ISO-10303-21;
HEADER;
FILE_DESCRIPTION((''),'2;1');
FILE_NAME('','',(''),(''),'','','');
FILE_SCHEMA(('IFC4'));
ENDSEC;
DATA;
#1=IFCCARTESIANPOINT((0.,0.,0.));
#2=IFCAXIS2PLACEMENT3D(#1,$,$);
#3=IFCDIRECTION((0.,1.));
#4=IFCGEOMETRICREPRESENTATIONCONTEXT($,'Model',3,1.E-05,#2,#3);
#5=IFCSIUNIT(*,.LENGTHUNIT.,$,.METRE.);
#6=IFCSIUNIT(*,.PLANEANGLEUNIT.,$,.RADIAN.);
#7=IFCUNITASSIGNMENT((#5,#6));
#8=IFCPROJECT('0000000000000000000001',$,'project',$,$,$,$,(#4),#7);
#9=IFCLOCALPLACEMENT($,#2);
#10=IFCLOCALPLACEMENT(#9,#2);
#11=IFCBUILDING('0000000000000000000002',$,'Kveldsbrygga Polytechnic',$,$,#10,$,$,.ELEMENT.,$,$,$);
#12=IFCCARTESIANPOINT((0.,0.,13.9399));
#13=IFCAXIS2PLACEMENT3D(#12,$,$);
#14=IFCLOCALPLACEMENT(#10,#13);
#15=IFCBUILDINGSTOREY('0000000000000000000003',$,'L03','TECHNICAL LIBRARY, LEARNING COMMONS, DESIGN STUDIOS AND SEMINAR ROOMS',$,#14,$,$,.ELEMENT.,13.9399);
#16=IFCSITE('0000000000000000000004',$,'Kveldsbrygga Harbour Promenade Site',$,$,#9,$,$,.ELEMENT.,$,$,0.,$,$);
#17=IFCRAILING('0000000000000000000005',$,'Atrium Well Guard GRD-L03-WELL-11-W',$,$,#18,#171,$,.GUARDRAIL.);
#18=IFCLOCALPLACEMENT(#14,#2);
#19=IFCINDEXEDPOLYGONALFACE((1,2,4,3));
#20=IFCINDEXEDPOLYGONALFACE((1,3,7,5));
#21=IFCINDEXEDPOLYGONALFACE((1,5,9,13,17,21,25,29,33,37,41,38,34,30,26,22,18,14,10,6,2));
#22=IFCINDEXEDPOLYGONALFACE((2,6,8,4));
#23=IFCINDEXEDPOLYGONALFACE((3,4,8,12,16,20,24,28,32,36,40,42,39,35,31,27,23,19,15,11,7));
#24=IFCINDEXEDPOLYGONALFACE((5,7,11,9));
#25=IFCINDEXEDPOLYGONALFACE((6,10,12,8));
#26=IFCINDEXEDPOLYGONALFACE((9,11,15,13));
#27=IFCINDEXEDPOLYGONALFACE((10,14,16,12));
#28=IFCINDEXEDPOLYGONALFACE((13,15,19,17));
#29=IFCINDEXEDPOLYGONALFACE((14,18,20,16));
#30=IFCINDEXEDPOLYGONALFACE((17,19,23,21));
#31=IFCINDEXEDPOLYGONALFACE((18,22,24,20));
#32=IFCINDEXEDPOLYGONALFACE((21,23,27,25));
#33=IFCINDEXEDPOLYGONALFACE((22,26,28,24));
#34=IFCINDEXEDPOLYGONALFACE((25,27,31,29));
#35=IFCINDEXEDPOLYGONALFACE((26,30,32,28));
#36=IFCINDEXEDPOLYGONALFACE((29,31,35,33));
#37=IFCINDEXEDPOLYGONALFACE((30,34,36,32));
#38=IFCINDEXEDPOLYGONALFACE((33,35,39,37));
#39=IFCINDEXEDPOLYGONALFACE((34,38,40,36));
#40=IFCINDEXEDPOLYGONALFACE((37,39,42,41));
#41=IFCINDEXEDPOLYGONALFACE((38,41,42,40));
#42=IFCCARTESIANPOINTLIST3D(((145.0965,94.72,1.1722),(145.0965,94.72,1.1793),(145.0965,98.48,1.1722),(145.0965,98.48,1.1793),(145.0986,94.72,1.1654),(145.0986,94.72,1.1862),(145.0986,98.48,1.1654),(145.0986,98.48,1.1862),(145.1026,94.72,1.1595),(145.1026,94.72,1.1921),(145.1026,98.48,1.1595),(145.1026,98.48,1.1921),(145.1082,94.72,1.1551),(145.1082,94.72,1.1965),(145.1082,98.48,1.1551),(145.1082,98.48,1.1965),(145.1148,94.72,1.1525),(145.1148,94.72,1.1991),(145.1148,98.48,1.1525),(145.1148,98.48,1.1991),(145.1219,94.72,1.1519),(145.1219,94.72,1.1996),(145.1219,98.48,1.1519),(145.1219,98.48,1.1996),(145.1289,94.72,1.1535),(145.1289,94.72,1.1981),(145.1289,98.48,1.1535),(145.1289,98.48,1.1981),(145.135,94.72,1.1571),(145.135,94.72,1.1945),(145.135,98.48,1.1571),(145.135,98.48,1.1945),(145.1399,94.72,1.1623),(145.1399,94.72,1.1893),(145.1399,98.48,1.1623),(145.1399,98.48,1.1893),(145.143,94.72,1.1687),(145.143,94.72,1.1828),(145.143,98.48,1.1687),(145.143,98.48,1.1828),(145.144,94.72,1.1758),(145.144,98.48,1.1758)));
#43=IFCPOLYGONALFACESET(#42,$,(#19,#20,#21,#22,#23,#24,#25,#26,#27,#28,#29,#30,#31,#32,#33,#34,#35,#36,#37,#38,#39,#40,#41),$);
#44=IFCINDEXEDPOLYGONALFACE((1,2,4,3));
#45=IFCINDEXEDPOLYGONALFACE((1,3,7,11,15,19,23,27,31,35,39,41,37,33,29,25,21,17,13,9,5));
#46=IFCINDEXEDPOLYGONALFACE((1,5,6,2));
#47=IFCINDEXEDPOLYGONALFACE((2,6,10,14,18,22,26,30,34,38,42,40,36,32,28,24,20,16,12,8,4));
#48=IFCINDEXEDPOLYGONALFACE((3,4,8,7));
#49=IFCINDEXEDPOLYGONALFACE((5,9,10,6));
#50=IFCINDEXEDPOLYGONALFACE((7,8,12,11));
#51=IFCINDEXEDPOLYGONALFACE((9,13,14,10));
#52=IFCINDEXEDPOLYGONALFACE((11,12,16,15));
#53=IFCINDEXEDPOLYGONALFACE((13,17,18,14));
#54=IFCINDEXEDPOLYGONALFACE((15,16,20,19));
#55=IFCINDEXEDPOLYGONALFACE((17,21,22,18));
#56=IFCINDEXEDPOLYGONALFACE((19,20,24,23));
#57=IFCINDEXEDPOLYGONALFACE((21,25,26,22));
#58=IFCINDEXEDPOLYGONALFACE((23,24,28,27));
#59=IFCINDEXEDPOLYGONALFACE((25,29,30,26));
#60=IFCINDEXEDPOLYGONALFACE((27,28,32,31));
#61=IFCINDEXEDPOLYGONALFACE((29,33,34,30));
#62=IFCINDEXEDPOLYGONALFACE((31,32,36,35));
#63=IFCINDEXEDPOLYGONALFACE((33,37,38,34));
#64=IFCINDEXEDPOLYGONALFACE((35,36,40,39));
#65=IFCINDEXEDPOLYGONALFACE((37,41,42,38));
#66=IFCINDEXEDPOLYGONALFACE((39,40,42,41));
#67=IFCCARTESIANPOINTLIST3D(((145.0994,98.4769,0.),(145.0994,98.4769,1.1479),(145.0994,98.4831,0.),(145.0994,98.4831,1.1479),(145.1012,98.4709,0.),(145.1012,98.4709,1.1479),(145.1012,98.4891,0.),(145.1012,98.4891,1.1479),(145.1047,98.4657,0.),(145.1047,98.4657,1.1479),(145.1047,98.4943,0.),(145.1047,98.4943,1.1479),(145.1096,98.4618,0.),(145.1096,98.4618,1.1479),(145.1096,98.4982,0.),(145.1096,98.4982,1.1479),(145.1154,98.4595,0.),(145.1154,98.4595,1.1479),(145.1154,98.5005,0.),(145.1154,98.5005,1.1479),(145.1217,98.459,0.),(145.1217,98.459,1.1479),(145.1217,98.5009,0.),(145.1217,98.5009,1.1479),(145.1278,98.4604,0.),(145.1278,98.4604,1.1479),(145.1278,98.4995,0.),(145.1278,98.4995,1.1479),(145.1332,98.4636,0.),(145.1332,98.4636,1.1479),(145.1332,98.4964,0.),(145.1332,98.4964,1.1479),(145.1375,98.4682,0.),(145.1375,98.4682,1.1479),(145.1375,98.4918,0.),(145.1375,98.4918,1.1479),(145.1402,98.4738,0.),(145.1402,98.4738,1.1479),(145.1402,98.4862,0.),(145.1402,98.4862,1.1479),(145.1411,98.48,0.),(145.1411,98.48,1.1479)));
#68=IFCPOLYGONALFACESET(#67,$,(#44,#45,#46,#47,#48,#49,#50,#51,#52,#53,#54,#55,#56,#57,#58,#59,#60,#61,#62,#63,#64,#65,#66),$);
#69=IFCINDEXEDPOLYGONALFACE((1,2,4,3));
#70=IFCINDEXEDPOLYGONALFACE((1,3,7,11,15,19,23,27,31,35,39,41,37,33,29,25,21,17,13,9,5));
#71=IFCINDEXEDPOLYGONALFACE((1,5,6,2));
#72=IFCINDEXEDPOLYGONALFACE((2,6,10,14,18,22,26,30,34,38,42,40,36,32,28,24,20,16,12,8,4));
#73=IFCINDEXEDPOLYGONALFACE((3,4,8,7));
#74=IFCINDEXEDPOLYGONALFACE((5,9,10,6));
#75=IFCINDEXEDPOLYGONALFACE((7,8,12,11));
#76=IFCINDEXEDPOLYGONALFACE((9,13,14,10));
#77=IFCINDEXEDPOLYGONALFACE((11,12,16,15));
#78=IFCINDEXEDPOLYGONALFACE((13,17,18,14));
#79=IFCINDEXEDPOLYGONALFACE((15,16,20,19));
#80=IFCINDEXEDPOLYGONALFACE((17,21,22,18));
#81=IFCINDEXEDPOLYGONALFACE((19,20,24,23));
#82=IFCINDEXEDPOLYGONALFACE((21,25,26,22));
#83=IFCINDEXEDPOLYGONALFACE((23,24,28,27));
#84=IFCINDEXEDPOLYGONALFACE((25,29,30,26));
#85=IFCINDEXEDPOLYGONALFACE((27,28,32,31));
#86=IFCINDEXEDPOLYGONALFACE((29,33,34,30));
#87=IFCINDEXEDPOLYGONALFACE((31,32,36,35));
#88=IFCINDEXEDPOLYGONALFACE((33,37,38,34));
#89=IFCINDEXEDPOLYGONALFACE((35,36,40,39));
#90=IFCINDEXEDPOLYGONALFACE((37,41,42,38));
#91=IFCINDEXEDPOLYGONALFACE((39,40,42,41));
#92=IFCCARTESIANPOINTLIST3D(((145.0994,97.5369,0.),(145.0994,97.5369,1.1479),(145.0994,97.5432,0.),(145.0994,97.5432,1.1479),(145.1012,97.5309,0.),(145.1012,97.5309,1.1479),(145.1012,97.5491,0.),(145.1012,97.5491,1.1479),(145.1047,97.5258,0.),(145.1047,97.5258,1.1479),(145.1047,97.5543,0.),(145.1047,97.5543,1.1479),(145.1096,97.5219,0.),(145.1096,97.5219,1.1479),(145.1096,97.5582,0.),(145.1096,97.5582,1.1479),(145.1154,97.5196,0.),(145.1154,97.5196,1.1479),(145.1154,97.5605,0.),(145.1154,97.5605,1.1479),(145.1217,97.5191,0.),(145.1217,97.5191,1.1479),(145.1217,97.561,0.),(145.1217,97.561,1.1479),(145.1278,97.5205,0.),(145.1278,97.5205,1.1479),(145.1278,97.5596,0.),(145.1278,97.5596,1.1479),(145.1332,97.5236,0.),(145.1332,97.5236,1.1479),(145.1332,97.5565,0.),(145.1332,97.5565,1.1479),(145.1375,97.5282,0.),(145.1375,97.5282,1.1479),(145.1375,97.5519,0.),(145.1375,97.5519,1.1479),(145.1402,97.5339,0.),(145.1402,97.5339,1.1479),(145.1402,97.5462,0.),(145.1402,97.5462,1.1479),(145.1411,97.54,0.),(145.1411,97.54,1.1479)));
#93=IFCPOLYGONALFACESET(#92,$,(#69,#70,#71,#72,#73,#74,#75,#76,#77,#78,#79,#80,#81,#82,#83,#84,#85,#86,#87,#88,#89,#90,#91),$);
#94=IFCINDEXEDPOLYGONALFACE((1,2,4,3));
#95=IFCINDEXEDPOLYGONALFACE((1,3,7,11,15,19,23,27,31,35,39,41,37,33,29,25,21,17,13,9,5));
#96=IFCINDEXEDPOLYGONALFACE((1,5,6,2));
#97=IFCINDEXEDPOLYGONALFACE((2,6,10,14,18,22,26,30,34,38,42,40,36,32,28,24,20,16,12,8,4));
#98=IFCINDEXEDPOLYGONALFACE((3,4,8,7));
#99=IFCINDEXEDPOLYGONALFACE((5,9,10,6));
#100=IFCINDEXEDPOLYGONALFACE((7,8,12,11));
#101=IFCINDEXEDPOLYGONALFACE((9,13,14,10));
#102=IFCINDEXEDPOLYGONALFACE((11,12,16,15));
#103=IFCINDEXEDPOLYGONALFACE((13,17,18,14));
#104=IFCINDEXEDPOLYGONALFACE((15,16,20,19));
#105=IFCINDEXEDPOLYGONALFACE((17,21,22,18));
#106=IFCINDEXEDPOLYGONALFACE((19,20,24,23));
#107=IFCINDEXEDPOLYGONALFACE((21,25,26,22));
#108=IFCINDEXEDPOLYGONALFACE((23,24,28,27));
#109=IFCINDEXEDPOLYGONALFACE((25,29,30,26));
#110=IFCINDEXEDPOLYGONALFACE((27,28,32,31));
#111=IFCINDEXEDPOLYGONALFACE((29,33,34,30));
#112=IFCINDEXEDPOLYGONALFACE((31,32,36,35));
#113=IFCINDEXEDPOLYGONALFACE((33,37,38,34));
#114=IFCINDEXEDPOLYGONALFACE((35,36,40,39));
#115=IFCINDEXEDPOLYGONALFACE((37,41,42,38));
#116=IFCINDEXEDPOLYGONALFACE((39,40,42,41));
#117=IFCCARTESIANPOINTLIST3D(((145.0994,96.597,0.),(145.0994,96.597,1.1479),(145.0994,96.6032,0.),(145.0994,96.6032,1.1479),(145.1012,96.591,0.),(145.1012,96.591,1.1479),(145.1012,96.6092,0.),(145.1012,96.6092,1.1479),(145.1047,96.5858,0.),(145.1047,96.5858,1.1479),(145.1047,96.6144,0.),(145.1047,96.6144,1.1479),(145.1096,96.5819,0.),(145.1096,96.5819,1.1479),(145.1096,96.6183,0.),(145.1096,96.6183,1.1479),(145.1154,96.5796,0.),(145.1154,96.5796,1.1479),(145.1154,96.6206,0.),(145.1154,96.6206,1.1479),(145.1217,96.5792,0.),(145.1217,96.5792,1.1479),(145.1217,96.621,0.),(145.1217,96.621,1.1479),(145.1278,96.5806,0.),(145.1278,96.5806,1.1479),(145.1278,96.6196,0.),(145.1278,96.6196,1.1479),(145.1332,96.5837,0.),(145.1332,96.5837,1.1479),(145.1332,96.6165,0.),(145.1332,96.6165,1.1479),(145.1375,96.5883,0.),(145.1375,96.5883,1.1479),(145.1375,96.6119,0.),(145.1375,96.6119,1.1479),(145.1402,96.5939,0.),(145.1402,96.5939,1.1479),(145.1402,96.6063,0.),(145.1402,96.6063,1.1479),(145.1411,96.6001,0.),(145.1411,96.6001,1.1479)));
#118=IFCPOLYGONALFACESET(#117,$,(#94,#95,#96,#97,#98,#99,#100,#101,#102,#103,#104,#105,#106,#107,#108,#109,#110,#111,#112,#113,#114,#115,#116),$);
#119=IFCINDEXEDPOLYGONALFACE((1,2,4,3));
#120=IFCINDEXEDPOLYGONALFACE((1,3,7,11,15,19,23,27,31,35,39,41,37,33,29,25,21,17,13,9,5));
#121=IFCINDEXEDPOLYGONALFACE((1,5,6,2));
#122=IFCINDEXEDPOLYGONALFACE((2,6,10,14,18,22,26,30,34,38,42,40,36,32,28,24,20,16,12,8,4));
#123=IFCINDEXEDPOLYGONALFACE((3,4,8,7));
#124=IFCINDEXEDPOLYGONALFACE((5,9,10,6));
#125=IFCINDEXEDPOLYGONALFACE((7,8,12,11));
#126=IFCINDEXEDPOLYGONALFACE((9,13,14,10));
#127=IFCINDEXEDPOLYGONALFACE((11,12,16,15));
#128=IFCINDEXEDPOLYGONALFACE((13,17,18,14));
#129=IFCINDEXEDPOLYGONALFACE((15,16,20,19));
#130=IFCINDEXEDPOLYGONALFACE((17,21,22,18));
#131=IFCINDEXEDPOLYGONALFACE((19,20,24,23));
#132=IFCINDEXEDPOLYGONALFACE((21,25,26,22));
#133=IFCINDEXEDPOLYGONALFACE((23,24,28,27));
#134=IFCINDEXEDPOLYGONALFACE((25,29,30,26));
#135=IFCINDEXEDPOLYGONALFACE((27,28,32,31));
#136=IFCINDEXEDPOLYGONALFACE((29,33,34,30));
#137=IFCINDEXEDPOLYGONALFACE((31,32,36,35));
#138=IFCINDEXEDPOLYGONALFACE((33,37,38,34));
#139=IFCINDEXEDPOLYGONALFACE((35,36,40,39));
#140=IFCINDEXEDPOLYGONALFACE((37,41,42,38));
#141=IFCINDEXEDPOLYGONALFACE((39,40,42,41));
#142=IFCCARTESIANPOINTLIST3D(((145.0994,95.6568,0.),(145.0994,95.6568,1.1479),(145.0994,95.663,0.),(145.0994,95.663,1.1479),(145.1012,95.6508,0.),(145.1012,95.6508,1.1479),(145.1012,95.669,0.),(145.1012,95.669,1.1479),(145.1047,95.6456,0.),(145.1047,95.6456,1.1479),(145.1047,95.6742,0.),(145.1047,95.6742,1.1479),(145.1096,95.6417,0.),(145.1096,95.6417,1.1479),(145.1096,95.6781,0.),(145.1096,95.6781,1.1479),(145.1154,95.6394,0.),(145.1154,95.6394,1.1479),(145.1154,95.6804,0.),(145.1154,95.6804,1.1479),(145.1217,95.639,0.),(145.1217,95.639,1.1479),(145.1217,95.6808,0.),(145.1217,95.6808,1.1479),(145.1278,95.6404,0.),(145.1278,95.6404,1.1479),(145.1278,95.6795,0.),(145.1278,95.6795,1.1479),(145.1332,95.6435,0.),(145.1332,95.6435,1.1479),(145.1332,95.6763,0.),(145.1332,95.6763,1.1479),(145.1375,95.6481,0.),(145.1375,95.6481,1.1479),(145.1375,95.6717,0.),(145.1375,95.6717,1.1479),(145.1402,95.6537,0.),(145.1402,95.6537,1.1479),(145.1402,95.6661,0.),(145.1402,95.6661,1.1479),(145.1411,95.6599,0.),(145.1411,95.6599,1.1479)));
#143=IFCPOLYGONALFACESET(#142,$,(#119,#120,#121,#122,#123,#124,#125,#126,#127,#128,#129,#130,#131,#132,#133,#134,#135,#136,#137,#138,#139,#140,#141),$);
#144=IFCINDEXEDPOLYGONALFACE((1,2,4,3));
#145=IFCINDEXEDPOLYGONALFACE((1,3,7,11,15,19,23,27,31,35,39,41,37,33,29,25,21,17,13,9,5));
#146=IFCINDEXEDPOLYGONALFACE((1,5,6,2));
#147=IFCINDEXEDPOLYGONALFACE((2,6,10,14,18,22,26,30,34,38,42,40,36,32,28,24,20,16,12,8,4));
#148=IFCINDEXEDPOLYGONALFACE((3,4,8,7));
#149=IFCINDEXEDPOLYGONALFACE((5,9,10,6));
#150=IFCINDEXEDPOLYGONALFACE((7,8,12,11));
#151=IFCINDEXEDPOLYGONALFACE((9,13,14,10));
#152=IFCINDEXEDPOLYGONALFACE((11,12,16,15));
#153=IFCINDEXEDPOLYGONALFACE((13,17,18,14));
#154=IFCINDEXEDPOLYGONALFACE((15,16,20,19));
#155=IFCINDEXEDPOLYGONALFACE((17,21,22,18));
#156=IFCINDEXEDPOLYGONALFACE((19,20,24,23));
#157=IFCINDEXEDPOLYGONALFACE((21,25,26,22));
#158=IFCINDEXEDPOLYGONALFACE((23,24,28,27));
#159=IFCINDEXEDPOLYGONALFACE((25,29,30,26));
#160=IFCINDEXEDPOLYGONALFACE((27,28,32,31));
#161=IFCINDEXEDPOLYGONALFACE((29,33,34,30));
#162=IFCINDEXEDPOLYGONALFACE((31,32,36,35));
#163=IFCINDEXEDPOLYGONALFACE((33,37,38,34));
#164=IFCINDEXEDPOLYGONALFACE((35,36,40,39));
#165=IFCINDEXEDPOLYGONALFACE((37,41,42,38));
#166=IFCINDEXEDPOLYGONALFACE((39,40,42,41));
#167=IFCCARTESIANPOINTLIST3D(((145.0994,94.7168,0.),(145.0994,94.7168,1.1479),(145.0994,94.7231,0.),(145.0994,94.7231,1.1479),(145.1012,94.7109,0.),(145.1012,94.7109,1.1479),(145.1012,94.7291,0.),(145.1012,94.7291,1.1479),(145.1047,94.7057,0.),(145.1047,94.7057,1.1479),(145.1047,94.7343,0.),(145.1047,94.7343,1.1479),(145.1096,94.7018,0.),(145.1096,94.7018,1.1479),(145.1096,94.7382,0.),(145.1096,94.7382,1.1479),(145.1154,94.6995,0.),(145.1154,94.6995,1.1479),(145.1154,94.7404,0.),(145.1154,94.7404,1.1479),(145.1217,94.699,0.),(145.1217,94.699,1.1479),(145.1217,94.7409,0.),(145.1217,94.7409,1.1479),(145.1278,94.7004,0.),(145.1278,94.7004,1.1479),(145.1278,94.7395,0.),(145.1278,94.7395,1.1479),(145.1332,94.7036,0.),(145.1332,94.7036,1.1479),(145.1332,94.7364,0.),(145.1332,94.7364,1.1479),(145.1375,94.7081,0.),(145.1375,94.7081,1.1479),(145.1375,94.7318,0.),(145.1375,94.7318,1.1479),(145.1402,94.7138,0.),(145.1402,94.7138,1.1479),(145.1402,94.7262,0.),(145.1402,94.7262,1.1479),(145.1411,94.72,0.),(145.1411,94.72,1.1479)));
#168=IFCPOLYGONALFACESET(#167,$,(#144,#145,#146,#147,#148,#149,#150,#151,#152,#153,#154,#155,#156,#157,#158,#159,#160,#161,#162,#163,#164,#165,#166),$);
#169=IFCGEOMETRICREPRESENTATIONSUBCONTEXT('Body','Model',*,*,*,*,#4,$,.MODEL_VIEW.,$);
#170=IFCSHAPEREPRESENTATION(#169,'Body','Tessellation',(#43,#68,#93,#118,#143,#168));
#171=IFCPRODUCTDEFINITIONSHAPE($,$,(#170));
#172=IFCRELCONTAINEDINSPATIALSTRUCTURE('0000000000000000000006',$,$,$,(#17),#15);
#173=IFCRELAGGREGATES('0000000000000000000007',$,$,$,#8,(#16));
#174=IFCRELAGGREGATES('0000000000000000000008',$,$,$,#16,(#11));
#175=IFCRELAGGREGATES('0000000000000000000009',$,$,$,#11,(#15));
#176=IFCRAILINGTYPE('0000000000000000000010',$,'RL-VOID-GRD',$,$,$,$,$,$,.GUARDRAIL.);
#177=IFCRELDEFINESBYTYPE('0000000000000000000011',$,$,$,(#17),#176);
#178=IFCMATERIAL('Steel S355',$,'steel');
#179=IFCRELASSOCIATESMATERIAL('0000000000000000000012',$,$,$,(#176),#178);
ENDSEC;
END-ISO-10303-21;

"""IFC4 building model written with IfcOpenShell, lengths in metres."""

from ifc_helpers import new_model, si_unit, direction, frame, origin, origin_2d, place, context, subcontext, project, spatial, circle, extrude, material, type_object, element, save


model = new_model("IFC4")

# Units and contexts
model_context = context("Model", 3, precision=1e-05, world=origin(), true_north=direction((0.0, 1.0)))
body_context = subcontext(model_context, "Body", "Model", "MODEL_VIEW")
ifc_project = project(units=[si_unit("LENGTHUNIT", "METRE"), si_unit("PLANEANGLEUNIT", "RADIAN")], contexts=[model_context])

# Site, building, storey
site_placement = place(None, origin())
site = spatial("IfcSite", under=ifc_project, at=site_placement, Name="Kveldsbrygga Harbour Promenade Site", CompositionType="ELEMENT", RefElevation=0.0)
building_placement = place(site_placement, origin())
building = spatial("IfcBuilding", under=site, at=building_placement, Name="Kveldsbrygga Polytechnic", CompositionType="ELEMENT")
storey_placement = place(building_placement, frame((0.0, 0.0, 13.9399)))
storey = spatial("IfcBuildingStorey", under=building, at=storey_placement, Name="L03", Description="TECHNICAL LIBRARY, LEARNING COMMONS, DESIGN STUDIOS AND SEMINAR ROOMS", CompositionType="ELEMENT", Elevation=13.9399)

# Shared definitions
ifc_material_1 = material(Name="Steel S355", Category="steel")

# Railing
railing_type = type_object("IfcRailingType", Name="RL-VOID-GRD", PredefinedType="GUARDRAIL", material=ifc_material_1)
railing_1_placement = place(storey_placement, frame((145.1201, 98.48, 0.0)))
element("IfcRailing", 1, at=railing_1_placement, inside=storey, type_object=railing_type, Name="Atrium Well Guard GRD-L03-WELL-11-W", PredefinedType="GUARDRAIL", context=body_context, shape_type="SweptSolid", body=[
    extrude(circle(Radius=0.0239, at=origin_2d()), frame((0.0, 0.0, 1.1758), z_axis=(0.0, -1.0, 0.0), x_axis=(1.0, 0.0, 0.0)), (0.0, 0.0, 1.0), 3.76),
    extrude(circle(Radius=0.021, at=origin_2d()), origin(), (0.0, 0.0, 1.0), 1.1479),
    extrude(circle(Radius=0.021, at=origin_2d()), frame((0.0, -0.9399, 0.0)), (0.0, 0.0, 1.0), 1.1479),
    extrude(circle(Radius=0.021, at=origin_2d()), frame((0.0, -1.8799, 0.0)), (0.0, 0.0, 1.0), 1.1479),
    extrude(circle(Radius=0.021, at=origin_2d()), frame((0.0, -2.8201, 0.0)), (0.0, 0.0, 1.0), 1.1479),
    extrude(circle(Radius=0.021, at=origin_2d()), frame((0.0, -3.76, 0.0)), (0.0, 0.0, 1.0), 1.1479),
])

save(model, "model.ifc")
